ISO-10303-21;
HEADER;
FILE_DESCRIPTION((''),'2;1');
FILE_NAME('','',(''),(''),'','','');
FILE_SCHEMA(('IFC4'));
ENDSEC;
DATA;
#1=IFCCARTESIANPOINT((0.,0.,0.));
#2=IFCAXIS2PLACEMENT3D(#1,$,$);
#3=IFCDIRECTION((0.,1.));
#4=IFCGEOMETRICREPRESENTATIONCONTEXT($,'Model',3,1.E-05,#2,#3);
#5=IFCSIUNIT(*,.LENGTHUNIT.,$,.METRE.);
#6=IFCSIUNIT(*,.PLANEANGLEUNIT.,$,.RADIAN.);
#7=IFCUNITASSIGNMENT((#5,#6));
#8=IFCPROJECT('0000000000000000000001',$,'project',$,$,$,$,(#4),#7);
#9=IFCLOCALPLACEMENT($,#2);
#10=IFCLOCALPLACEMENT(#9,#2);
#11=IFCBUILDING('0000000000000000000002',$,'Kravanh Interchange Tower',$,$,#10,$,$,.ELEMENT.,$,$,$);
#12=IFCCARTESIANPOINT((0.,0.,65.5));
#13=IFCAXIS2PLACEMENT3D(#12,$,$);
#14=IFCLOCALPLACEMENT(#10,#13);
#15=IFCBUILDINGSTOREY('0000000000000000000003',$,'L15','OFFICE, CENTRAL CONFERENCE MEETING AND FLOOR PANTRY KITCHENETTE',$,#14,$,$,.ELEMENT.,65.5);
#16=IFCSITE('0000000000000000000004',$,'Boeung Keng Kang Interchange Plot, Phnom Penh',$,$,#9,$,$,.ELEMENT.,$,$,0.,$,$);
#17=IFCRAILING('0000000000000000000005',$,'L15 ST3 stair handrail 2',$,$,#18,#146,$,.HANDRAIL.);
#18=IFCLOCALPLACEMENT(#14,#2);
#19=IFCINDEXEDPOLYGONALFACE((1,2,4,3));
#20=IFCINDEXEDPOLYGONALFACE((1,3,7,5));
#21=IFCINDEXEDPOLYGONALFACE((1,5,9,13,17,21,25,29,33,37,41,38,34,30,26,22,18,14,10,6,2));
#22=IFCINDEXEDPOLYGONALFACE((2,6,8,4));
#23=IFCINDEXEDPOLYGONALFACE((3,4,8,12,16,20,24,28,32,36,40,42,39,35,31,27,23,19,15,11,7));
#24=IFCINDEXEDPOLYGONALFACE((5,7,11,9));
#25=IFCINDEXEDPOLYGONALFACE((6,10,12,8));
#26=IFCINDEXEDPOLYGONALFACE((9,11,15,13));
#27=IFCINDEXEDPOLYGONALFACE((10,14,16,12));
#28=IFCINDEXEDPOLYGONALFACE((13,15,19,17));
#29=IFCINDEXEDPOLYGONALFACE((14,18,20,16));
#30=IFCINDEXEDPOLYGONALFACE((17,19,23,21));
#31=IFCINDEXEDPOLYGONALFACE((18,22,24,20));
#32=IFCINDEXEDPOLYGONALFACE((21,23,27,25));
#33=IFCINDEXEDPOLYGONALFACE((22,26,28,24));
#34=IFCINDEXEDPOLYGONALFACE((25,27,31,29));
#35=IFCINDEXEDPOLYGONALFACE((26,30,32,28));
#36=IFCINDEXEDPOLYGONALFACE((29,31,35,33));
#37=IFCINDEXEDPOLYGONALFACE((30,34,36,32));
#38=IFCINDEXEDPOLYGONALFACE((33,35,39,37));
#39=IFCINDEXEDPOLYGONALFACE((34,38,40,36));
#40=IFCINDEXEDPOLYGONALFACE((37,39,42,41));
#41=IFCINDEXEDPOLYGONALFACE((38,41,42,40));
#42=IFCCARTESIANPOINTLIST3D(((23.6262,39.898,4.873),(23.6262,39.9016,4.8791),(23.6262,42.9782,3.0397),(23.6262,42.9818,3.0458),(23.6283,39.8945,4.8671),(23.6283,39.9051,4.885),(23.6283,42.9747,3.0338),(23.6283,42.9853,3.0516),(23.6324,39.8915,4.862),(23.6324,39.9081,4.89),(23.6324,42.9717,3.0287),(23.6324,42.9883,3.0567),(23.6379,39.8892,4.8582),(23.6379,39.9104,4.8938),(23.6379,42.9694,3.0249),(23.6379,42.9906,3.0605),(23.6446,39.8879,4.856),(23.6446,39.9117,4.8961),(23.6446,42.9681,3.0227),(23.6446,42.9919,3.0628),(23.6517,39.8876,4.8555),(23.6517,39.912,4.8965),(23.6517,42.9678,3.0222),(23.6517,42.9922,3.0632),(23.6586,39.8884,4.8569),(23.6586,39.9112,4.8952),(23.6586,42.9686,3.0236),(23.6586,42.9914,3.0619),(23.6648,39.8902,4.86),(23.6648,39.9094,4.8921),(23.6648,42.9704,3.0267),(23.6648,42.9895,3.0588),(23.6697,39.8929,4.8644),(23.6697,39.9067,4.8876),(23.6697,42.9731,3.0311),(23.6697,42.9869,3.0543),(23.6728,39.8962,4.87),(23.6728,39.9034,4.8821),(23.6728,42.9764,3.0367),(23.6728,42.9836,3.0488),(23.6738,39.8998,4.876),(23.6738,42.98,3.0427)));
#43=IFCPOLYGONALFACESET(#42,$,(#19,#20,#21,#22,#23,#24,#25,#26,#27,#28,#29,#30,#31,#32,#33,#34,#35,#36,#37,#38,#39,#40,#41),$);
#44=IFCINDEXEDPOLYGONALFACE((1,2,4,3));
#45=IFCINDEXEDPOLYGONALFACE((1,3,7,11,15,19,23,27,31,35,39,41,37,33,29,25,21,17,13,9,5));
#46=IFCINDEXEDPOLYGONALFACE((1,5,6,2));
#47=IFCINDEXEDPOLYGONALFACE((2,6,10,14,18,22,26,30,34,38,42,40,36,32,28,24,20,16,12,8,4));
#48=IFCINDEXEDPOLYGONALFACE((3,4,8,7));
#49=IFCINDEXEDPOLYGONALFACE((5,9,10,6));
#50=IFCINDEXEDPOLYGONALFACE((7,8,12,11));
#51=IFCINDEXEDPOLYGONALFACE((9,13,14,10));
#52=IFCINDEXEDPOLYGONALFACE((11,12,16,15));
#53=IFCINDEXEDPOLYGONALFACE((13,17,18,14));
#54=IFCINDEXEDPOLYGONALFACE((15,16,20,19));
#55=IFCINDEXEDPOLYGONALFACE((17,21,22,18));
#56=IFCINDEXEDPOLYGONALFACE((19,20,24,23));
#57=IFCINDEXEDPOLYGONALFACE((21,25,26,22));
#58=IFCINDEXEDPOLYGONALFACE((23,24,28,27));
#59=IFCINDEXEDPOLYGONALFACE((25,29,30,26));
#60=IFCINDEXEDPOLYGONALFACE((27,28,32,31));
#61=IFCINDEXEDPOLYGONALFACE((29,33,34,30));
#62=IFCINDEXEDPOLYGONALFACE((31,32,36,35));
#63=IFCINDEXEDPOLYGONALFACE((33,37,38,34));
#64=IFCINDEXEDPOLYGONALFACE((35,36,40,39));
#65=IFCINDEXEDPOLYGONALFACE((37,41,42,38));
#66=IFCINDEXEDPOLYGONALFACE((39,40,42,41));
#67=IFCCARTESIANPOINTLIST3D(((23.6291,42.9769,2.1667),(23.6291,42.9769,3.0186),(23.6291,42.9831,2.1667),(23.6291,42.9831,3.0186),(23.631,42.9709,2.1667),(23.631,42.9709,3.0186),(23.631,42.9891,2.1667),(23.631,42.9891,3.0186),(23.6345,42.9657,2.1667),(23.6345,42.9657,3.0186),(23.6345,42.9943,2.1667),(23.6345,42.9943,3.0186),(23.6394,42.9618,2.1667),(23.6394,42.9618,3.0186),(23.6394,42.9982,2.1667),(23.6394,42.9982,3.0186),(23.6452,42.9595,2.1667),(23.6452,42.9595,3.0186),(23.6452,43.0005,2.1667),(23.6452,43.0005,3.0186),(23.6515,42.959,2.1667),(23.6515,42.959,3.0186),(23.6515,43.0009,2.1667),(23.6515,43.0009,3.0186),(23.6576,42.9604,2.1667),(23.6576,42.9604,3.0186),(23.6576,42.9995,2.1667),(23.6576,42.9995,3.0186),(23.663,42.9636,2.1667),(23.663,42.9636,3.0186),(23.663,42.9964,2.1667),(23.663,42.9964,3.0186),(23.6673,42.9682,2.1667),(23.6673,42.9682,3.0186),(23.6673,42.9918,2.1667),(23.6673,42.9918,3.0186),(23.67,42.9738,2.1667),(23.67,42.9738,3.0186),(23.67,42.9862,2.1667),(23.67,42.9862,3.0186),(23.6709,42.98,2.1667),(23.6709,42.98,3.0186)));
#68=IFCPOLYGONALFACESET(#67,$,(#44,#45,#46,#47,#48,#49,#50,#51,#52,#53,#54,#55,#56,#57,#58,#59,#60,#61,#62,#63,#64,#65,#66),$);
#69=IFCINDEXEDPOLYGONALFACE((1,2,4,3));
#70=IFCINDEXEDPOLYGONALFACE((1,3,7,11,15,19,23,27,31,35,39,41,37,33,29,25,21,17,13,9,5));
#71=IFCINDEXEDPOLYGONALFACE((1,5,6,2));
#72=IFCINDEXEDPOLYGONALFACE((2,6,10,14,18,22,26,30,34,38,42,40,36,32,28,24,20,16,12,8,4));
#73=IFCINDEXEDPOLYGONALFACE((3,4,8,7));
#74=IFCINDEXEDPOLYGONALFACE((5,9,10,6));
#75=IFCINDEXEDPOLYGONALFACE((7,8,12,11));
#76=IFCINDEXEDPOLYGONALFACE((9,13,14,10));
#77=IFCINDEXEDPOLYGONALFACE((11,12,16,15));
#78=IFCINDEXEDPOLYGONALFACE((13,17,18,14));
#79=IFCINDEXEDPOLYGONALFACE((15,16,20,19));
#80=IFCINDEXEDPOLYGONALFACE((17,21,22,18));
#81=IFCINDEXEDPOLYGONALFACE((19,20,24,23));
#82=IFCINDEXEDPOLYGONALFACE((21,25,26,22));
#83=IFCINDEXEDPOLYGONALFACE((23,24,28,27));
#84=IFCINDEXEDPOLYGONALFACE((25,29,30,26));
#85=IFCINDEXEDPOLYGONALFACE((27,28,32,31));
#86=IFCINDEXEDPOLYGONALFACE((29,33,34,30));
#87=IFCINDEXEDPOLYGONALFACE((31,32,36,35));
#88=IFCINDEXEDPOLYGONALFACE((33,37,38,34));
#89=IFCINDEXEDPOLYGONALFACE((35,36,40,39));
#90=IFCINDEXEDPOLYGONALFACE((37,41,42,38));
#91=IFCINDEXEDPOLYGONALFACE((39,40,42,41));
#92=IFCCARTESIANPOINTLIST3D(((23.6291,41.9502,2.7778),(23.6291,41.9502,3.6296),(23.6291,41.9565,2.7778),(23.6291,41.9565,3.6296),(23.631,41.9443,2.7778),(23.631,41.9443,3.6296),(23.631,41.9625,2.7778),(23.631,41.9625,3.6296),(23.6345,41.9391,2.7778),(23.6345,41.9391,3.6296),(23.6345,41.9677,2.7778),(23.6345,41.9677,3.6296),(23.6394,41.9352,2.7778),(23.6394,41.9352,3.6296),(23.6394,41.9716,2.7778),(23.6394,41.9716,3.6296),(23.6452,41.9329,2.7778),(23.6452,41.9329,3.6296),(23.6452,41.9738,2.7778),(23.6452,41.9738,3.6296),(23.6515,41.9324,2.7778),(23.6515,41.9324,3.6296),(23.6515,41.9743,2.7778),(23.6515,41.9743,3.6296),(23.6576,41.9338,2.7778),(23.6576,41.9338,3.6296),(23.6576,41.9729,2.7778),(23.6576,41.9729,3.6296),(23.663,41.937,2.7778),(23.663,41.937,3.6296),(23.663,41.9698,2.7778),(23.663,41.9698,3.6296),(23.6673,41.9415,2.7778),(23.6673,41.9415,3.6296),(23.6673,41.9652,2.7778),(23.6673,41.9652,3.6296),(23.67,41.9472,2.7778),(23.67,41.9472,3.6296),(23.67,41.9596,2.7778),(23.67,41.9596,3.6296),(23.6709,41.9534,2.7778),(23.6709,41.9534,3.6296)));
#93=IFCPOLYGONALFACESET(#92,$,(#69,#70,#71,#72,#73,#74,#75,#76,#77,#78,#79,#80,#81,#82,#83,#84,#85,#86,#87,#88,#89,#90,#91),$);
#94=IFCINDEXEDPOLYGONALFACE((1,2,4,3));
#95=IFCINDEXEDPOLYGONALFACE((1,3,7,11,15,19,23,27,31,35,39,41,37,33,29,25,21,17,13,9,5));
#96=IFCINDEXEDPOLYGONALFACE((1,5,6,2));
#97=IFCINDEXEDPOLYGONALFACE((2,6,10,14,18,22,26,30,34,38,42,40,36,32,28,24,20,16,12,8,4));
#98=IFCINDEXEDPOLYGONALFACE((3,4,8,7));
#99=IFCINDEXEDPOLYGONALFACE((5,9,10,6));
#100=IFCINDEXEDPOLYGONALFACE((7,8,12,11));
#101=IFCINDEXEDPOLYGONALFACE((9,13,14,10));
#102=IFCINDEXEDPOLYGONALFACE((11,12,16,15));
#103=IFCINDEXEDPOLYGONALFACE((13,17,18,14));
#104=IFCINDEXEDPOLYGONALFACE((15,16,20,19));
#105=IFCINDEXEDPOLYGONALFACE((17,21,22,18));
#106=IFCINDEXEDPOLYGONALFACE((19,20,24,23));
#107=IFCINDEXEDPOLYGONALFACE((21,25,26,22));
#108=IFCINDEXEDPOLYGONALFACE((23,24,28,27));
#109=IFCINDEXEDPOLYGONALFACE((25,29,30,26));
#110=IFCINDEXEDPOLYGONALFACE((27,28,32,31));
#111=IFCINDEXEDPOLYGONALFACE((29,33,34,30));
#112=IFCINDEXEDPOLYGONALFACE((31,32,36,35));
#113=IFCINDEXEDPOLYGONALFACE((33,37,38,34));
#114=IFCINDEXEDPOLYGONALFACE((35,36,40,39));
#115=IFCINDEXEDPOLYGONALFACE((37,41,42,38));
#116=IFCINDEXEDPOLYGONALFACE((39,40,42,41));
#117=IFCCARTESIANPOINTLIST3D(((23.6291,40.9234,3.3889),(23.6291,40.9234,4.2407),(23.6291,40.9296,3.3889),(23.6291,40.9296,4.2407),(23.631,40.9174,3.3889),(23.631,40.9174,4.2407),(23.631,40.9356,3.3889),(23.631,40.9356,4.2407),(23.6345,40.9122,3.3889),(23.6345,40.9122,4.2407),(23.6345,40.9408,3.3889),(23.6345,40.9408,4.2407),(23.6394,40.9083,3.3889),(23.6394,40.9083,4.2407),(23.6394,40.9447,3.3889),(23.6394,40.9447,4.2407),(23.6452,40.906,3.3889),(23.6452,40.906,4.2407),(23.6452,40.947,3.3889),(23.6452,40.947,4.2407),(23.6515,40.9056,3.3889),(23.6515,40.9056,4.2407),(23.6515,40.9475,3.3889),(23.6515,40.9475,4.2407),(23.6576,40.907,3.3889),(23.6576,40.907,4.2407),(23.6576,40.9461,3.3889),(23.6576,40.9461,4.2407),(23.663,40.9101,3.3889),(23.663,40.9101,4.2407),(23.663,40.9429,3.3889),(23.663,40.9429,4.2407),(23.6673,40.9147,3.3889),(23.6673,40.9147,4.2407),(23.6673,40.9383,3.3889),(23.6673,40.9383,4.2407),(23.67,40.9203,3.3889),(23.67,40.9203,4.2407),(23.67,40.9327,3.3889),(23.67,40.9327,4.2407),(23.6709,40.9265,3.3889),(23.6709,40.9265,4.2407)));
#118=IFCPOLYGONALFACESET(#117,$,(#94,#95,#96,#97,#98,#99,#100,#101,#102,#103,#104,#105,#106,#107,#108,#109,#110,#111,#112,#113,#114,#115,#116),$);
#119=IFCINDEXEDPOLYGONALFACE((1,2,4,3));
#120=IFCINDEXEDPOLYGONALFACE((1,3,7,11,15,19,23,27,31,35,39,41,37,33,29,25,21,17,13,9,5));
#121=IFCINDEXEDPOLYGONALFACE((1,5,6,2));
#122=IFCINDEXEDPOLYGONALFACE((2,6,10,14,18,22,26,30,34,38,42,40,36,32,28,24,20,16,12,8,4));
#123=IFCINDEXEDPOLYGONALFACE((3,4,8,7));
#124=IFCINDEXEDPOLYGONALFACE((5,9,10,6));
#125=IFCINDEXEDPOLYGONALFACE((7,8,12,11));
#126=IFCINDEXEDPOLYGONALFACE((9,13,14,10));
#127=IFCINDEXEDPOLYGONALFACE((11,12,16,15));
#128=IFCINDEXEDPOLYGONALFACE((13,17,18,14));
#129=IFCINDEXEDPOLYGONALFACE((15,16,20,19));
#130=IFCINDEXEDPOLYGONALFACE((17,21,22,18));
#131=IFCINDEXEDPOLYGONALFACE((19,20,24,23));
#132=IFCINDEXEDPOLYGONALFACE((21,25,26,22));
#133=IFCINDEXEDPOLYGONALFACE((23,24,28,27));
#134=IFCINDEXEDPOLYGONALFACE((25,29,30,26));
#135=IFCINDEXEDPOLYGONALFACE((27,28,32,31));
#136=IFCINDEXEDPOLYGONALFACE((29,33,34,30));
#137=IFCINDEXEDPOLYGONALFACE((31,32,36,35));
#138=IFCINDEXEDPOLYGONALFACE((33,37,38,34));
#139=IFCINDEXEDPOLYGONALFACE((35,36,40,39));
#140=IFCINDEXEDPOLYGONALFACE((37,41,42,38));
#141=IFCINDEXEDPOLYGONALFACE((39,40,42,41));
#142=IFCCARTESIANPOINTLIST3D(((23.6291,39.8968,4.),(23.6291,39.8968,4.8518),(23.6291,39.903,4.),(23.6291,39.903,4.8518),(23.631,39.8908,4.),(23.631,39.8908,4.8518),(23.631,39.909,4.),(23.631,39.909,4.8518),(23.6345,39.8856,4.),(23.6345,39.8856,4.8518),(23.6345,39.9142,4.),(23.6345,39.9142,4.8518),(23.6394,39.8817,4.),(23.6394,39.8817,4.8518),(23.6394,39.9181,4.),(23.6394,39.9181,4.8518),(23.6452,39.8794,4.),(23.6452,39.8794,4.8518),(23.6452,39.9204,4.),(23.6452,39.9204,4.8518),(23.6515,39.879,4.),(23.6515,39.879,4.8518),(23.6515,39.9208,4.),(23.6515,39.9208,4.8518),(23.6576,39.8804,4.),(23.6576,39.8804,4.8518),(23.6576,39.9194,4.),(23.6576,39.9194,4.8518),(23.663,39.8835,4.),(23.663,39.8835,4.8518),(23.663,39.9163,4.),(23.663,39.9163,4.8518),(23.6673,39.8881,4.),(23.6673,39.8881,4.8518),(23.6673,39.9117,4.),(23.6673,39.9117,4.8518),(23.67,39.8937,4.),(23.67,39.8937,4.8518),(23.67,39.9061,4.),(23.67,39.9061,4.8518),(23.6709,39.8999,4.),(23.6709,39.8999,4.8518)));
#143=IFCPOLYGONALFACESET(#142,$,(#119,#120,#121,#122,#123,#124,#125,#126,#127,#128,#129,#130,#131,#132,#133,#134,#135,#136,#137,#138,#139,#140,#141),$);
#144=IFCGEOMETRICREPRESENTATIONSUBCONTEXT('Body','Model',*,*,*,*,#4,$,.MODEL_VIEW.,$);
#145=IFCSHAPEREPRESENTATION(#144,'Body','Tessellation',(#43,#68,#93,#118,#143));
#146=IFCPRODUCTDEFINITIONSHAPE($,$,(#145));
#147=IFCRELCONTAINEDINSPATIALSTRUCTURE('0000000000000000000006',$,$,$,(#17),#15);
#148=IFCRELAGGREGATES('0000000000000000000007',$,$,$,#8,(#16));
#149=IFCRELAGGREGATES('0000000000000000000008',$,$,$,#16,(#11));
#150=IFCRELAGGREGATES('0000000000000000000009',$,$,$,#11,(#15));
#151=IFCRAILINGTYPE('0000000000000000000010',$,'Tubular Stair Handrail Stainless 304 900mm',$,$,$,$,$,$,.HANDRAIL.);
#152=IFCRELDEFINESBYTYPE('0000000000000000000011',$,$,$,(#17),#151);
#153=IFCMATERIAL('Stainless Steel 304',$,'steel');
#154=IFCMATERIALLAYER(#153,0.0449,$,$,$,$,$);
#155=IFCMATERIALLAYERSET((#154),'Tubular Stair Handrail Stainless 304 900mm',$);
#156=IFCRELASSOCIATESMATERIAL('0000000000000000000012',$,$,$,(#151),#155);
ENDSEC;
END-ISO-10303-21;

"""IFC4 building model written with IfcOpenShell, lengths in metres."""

from ifc_helpers import new_model, si_unit, direction, frame, origin, origin_2d, place, context, subcontext, project, spatial, circle, extrude, material, layer, layer_set, type_object, element, save


model = new_model("IFC4")

# Units and contexts
model_context = context("Model", 3, precision=1e-05, world=origin(), true_north=direction((0.0, 1.0)))
body_context = subcontext(model_context, "Body", "Model", "MODEL_VIEW")
ifc_project = project(units=[si_unit("LENGTHUNIT", "METRE"), si_unit("PLANEANGLEUNIT", "RADIAN")], contexts=[model_context])

# Site, building, storey
site_placement = place(None, origin())
site = spatial("IfcSite", under=ifc_project, at=site_placement, Name="Boeung Keng Kang Interchange Plot, Phnom Penh", CompositionType="ELEMENT", RefElevation=0.0)
building_placement = place(site_placement, origin())
building = spatial("IfcBuilding", under=site, at=building_placement, Name="Kravanh Interchange Tower", CompositionType="ELEMENT")
storey_placement = place(building_placement, frame((0.0, 0.0, 65.5)))
storey = spatial("IfcBuildingStorey", under=building, at=storey_placement, Name="L15", Description="OFFICE, CENTRAL CONFERENCE MEETING AND FLOOR PANTRY KITCHENETTE", CompositionType="ELEMENT", Elevation=65.5)

# Railing
ifc_material_1 = material(Name="Stainless Steel 304", Category="steel")
ifc_layer_1 = layer(ifc_material_1, 0.0449)
ifc_layer_set_1 = layer_set([ifc_layer_1], Name="Tubular Stair Handrail Stainless 304 900mm")
railing_type_1 = type_object("IfcRailingType", Name="Tubular Stair Handrail Stainless 304 900mm", PredefinedType="HANDRAIL", material=ifc_layer_set_1)
railing_1_placement = place(storey_placement, frame((23.6499, 42.98, 2.1667)))
element("IfcRailing", 1, at=railing_1_placement, inside=storey, type_object=railing_type_1, Name="L15 ST3 stair handrail 2", PredefinedType="HANDRAIL", context=body_context, shape_type="SweptSolid", body=[
    extrude(circle(Radius=0.0239, at=origin_2d()), frame((0.0, 0.0, 0.876), z_axis=(0.0, -0.859309, 0.511458), x_axis=(1.0, 0.0, 0.0)), (0.0, 0.0, 1.0), 3.5845),
    extrude(circle(Radius=0.021, at=origin_2d()), origin(), (0.0, 0.0, 1.0), 0.8518),
    extrude(circle(Radius=0.021, at=origin_2d()), frame((0.0, -1.0266, 0.6111)), (0.0, 0.0, 1.0), 0.8518),
    extrude(circle(Radius=0.021, at=origin_2d()), frame((0.0, -2.0535, 1.2222)), (0.0, 0.0, 1.0), 0.8518),
    extrude(circle(Radius=0.021, at=origin_2d()), frame((0.0, -3.0801, 1.8333)), (0.0, 0.0, 1.0), 0.8518),
])

save(model, "model.ifc")
